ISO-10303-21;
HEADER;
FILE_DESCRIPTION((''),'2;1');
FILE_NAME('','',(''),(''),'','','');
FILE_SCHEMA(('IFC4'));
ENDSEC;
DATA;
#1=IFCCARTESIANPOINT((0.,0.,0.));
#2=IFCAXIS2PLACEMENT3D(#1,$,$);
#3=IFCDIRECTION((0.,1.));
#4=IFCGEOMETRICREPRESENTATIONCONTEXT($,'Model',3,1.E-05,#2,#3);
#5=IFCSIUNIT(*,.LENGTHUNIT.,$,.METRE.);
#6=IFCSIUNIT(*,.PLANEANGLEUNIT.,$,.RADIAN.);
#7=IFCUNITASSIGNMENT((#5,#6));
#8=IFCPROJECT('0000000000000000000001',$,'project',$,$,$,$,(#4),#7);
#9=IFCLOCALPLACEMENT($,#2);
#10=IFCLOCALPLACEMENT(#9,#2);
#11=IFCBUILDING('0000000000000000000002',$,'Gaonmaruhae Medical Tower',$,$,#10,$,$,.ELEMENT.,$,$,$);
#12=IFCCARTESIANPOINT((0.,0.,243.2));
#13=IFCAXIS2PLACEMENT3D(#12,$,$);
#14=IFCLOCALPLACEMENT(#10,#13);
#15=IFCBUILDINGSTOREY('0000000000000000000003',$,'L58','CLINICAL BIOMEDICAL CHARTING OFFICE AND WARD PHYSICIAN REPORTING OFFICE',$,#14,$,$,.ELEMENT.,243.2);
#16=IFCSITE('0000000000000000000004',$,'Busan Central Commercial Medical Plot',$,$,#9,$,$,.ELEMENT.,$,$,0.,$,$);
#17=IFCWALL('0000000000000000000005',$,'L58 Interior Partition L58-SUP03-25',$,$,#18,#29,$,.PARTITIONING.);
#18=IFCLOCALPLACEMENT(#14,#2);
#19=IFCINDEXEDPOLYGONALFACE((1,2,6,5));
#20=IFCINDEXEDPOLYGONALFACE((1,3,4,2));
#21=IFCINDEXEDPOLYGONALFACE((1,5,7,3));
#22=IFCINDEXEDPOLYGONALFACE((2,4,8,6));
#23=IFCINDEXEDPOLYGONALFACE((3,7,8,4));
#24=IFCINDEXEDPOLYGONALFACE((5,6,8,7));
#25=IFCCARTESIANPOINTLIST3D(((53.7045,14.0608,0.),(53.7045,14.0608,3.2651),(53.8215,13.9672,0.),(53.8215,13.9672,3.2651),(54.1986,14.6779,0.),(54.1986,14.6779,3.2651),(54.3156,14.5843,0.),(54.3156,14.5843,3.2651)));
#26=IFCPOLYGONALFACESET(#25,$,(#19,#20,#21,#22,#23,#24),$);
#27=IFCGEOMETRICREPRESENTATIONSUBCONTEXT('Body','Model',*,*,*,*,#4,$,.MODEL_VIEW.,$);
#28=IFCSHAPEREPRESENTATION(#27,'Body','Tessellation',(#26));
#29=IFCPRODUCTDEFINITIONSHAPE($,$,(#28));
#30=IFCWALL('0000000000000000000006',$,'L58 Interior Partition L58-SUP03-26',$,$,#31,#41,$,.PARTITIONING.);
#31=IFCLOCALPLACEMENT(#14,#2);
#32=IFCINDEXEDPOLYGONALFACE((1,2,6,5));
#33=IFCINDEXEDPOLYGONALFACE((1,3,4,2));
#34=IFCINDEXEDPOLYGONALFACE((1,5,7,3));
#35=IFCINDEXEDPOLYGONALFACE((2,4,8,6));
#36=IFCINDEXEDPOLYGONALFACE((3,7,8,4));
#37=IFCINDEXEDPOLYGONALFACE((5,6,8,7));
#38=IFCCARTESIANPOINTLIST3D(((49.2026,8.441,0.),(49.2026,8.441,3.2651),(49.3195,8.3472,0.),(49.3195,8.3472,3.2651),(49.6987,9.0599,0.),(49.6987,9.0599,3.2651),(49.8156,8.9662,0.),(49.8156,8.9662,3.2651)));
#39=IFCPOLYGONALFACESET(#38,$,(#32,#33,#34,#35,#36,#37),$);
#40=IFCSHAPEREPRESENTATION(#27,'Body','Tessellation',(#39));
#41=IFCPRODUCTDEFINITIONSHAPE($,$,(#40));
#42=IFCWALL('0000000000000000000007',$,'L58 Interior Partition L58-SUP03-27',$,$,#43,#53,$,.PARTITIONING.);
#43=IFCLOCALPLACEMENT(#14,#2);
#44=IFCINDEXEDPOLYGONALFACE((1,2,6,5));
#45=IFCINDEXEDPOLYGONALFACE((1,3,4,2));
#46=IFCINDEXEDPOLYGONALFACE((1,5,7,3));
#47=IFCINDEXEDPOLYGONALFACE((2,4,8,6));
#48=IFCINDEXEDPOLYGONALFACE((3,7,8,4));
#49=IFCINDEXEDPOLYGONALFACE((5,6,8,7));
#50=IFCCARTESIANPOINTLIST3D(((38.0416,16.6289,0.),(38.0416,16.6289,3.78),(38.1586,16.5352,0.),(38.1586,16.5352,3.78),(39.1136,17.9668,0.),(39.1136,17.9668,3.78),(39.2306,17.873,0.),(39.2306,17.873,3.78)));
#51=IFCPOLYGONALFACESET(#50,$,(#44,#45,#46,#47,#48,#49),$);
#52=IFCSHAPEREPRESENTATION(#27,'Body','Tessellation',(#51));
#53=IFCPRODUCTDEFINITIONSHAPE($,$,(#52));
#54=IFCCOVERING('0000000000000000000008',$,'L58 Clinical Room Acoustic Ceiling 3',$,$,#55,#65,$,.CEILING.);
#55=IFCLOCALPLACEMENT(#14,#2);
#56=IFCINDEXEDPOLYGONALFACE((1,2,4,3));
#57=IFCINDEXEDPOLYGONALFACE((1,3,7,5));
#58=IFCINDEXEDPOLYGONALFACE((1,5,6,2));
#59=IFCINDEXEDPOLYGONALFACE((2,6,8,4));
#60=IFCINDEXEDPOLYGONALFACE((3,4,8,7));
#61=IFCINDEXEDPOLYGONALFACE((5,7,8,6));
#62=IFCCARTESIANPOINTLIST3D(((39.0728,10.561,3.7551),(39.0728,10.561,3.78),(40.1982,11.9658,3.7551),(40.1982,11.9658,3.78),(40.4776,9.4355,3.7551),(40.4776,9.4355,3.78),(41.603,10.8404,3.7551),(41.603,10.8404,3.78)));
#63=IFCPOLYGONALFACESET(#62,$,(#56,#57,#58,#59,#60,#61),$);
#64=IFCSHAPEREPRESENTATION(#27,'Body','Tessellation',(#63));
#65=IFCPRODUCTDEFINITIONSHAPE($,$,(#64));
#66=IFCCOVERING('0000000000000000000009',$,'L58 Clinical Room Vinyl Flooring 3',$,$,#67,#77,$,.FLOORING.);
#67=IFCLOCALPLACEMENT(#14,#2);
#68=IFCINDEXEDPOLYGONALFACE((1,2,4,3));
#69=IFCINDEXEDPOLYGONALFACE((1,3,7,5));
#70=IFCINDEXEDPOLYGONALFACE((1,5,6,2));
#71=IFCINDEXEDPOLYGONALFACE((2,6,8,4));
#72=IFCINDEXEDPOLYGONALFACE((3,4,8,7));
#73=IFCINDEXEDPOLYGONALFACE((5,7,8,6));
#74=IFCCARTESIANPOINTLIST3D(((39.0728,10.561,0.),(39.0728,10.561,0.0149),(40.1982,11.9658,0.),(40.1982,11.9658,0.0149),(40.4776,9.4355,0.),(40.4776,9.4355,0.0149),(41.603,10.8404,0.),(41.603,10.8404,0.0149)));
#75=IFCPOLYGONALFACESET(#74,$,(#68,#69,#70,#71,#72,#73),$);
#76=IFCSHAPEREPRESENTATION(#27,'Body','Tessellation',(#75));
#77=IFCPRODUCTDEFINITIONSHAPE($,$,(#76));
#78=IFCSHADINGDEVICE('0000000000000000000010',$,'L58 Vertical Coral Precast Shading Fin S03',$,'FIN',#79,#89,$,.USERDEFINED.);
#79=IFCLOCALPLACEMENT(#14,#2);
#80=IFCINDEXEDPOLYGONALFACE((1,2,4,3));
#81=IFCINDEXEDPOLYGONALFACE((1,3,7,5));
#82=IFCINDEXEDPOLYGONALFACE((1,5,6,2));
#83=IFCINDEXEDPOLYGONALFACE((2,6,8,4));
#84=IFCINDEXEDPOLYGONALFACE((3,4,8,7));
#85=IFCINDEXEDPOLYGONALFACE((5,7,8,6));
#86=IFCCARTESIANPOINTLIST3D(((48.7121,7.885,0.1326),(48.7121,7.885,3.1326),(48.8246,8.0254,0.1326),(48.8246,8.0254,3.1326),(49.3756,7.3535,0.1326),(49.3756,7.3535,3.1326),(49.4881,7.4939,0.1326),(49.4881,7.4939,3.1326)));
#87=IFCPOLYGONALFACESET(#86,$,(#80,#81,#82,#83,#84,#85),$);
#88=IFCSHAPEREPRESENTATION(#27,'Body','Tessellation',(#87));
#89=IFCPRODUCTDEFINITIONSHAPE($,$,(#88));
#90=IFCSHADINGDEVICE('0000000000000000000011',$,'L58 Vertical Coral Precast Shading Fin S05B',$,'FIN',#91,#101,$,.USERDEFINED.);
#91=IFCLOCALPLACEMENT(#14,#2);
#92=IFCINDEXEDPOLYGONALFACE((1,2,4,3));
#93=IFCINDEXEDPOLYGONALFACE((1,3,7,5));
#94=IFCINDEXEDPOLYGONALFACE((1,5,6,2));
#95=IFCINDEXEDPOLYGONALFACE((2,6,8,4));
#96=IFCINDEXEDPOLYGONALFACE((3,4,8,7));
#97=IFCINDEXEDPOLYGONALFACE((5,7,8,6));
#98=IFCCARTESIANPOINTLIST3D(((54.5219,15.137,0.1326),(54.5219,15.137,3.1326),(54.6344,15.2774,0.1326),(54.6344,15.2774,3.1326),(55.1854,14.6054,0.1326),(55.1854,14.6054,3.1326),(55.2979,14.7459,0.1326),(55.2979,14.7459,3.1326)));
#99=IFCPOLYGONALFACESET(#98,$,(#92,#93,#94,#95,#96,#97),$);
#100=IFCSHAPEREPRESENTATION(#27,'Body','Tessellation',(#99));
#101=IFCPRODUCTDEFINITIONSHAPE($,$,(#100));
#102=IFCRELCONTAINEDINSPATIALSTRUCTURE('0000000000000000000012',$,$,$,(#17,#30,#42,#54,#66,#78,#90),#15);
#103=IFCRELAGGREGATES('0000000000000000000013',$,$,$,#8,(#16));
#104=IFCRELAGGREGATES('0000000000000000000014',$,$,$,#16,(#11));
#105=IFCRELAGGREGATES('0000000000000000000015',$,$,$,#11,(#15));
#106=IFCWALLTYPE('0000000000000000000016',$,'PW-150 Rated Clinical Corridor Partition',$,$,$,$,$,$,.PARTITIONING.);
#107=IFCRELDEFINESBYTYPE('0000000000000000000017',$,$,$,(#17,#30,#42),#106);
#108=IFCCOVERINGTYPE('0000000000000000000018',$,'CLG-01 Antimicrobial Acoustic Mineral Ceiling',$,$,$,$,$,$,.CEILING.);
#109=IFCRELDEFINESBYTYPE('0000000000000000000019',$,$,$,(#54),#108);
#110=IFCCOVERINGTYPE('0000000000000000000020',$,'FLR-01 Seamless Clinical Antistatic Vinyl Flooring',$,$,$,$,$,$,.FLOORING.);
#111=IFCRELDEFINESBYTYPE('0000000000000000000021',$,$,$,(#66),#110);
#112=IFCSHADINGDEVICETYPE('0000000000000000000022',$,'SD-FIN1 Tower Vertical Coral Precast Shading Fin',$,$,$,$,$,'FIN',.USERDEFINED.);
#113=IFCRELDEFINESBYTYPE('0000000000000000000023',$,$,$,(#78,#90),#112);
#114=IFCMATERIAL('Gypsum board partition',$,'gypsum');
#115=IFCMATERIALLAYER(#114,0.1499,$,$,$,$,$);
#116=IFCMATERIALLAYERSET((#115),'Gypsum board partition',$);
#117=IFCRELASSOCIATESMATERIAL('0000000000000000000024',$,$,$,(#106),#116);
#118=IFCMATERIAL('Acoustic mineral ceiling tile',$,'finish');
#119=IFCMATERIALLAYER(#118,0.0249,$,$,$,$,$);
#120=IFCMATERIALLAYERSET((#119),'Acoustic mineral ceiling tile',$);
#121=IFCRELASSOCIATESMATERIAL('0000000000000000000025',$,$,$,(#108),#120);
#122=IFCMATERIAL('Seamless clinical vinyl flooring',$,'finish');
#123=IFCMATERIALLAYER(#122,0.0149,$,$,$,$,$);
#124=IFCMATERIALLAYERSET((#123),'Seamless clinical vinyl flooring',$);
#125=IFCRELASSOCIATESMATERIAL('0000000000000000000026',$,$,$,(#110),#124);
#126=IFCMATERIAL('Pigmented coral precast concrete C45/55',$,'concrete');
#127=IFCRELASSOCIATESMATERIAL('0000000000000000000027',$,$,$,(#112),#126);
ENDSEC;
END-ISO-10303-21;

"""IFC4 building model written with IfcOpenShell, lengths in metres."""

from ifc_helpers import new_model, si_unit, direction, frame, frame_2d, origin, origin_2d, place, context, subcontext, project, spatial, rectangle, extrude, material, layer, layer_set, type_object, element, save


model = new_model("IFC4")

# Units and contexts
model_context = context("Model", 3, precision=1e-05, world=origin(), true_north=direction((0.0, 1.0)))
body_context = subcontext(model_context, "Body", "Model", "MODEL_VIEW")
ifc_project = project(units=[si_unit("LENGTHUNIT", "METRE"), si_unit("PLANEANGLEUNIT", "RADIAN")], contexts=[model_context])

# Site, building, storey
site_placement = place(None, origin())
site = spatial("IfcSite", under=ifc_project, at=site_placement, Name="Busan Central Commercial Medical Plot", CompositionType="ELEMENT", RefElevation=0.0)
building_placement = place(site_placement, origin())
building = spatial("IfcBuilding", under=site, at=building_placement, Name="Gaonmaruhae Medical Tower", CompositionType="ELEMENT")
storey_placement = place(building_placement, frame((0.0, 0.0, 243.2)))
storey = spatial("IfcBuildingStorey", under=building, at=storey_placement, Name="L58", Description="CLINICAL BIOMEDICAL CHARTING OFFICE AND WARD PHYSICIAN REPORTING OFFICE", CompositionType="ELEMENT", Elevation=243.2)

# Shared definitions
ifc_material_1 = material(Name="Gypsum board partition", Category="gypsum")
ifc_layer_1 = layer(ifc_material_1, 0.1499)
ifc_layer_set_1 = layer_set([ifc_layer_1], Name="Gypsum board partition")
wall_type_1 = type_object("IfcWallType", Name="PW-150 Rated Clinical Corridor Partition", PredefinedType="PARTITIONING", material=ifc_layer_set_1)

# Walls
wall_1_placement = place(storey_placement, frame((54.2571, 14.6311, 0.0), z_axis=(0.0, 0.0, 1.0), x_axis=(-0.624996, -0.780628, 0.0)))
element("IfcWall", 1, at=wall_1_placement, inside=storey, type_object=wall_type_1, Name="L58 Interior Partition L58-SUP03-25", PredefinedType="PARTITIONING", context=body_context, shape_type="SweptSolid", body=[
    extrude(rectangle(XDim=0.7905, YDim=0.1499, at=frame_2d((0.3953, 0.0))), origin(), (0.0, 0.0, 1.0), 3.2651),
])
wall_2_placement = place(storey_placement, frame((49.7571, 9.0129, 0.0), z_axis=(0.0, 0.0, 1.0), x_axis=(-0.625445, -0.780268, 0.0)))
element("IfcWall", 2, at=wall_2_placement, inside=storey, type_object=wall_type_1, Name="L58 Interior Partition L58-SUP03-26", PredefinedType="PARTITIONING", context=body_context, shape_type="SweptSolid", body=[
    extrude(rectangle(XDim=0.7932, YDim=0.1499, at=frame_2d((0.3965, 0.0))), origin(), (0.0, 0.0, 1.0), 3.2651),
])
wall_3_placement = place(storey_placement, frame((38.1001, 16.582, 0.0), z_axis=(0.0, 0.0, 1.0), x_axis=(0.625303, 0.780382, 0.0)))
element("IfcWall", 3, at=wall_3_placement, inside=storey, type_object=wall_type_1, Name="L58 Interior Partition L58-SUP03-27", PredefinedType="PARTITIONING", context=body_context, shape_type="SweptSolid", body=[
    extrude(rectangle(XDim=1.7144, YDim=0.1499, at=frame_2d((0.8572, 0.0))), origin(), (0.0, 0.0, 1.0), 3.78),
])

# Coverings
ifc_material_2 = material(Name="Acoustic mineral ceiling tile", Category="finish")
ifc_layer_2 = layer(ifc_material_2, 0.0249)
ifc_layer_set_2 = layer_set([ifc_layer_2], Name="Acoustic mineral ceiling tile")
covering_type_1 = type_object("IfcCoveringType", Name="CLG-01 Antimicrobial Acoustic Mineral Ceiling", PredefinedType="CEILING", material=ifc_layer_set_2)
covering_1_placement = place(storey_placement, frame((40.3379, 10.7007, 3.7551), z_axis=(0.0, 0.0, 1.0), x_axis=(0.625243, 0.78043, 0.0)))
element("IfcCovering", 4, at=covering_1_placement, inside=storey, type_object=covering_type_1, Name="L58 Clinical Room Acoustic Ceiling 3", PredefinedType="CEILING", context=body_context, shape_type="SweptSolid", body=[
    extrude(rectangle(XDim=1.8, YDim=1.8, at=origin_2d()), origin(), (0.0, 0.0, 1.0), 0.0249),
])
ifc_material_3 = material(Name="Seamless clinical vinyl flooring", Category="finish")
ifc_layer_3 = layer(ifc_material_3, 0.0149)
ifc_layer_set_3 = layer_set([ifc_layer_3], Name="Seamless clinical vinyl flooring")
covering_type_2 = type_object("IfcCoveringType", Name="FLR-01 Seamless Clinical Antistatic Vinyl Flooring", PredefinedType="FLOORING", material=ifc_layer_set_3)
covering_2_placement = place(storey_placement, frame((40.3379, 10.7007, 0.0), z_axis=(0.0, 0.0, 1.0), x_axis=(0.625243, 0.78043, 0.0)))
element("IfcCovering", 5, at=covering_2_placement, inside=storey, type_object=covering_type_2, Name="L58 Clinical Room Vinyl Flooring 3", PredefinedType="FLOORING", context=body_context, shape_type="SweptSolid", body=[
    extrude(rectangle(XDim=1.8, YDim=1.8, at=origin_2d()), origin(), (0.0, 0.0, 1.0), 0.0149),
])

# Shading devices
ifc_material_4 = material(Name="Pigmented coral precast concrete C45/55", Category="concrete")
shading_device_type = type_object("IfcShadingDeviceType", Name="SD-FIN1 Tower Vertical Coral Precast Shading Fin", ElementType="FIN", PredefinedType="USERDEFINED", material=ifc_material_4)
for number, where, z_axis, x_axis, name in (
    (6, (49.1001, 7.6895, 0.1326), (0.0, 0.0, 1.0), (-0.625229, -0.780441, 0.0), "L58 Vertical Coral Precast Shading Fin S03"),
    (7, (54.9099, 14.9414, 0.1326), (0.0, 0.0, 1.0), (-0.625243, -0.78043, 0.0), "L58 Vertical Coral Precast Shading Fin S05B"),
):
    element("IfcShadingDevice", number, at=place(storey_placement, frame(where, z_axis=z_axis, x_axis=x_axis)), inside=storey, type_object=shading_device_type, Name=name, ObjectType="FIN", PredefinedType="USERDEFINED", context=body_context, shape_type="SweptSolid", body=[
        extrude(rectangle(XDim=0.1799, YDim=0.8501, at=origin_2d()), origin(), (0.0, 0.0, 1.0), 3.0),
    ])

save(model, "model.ifc")
